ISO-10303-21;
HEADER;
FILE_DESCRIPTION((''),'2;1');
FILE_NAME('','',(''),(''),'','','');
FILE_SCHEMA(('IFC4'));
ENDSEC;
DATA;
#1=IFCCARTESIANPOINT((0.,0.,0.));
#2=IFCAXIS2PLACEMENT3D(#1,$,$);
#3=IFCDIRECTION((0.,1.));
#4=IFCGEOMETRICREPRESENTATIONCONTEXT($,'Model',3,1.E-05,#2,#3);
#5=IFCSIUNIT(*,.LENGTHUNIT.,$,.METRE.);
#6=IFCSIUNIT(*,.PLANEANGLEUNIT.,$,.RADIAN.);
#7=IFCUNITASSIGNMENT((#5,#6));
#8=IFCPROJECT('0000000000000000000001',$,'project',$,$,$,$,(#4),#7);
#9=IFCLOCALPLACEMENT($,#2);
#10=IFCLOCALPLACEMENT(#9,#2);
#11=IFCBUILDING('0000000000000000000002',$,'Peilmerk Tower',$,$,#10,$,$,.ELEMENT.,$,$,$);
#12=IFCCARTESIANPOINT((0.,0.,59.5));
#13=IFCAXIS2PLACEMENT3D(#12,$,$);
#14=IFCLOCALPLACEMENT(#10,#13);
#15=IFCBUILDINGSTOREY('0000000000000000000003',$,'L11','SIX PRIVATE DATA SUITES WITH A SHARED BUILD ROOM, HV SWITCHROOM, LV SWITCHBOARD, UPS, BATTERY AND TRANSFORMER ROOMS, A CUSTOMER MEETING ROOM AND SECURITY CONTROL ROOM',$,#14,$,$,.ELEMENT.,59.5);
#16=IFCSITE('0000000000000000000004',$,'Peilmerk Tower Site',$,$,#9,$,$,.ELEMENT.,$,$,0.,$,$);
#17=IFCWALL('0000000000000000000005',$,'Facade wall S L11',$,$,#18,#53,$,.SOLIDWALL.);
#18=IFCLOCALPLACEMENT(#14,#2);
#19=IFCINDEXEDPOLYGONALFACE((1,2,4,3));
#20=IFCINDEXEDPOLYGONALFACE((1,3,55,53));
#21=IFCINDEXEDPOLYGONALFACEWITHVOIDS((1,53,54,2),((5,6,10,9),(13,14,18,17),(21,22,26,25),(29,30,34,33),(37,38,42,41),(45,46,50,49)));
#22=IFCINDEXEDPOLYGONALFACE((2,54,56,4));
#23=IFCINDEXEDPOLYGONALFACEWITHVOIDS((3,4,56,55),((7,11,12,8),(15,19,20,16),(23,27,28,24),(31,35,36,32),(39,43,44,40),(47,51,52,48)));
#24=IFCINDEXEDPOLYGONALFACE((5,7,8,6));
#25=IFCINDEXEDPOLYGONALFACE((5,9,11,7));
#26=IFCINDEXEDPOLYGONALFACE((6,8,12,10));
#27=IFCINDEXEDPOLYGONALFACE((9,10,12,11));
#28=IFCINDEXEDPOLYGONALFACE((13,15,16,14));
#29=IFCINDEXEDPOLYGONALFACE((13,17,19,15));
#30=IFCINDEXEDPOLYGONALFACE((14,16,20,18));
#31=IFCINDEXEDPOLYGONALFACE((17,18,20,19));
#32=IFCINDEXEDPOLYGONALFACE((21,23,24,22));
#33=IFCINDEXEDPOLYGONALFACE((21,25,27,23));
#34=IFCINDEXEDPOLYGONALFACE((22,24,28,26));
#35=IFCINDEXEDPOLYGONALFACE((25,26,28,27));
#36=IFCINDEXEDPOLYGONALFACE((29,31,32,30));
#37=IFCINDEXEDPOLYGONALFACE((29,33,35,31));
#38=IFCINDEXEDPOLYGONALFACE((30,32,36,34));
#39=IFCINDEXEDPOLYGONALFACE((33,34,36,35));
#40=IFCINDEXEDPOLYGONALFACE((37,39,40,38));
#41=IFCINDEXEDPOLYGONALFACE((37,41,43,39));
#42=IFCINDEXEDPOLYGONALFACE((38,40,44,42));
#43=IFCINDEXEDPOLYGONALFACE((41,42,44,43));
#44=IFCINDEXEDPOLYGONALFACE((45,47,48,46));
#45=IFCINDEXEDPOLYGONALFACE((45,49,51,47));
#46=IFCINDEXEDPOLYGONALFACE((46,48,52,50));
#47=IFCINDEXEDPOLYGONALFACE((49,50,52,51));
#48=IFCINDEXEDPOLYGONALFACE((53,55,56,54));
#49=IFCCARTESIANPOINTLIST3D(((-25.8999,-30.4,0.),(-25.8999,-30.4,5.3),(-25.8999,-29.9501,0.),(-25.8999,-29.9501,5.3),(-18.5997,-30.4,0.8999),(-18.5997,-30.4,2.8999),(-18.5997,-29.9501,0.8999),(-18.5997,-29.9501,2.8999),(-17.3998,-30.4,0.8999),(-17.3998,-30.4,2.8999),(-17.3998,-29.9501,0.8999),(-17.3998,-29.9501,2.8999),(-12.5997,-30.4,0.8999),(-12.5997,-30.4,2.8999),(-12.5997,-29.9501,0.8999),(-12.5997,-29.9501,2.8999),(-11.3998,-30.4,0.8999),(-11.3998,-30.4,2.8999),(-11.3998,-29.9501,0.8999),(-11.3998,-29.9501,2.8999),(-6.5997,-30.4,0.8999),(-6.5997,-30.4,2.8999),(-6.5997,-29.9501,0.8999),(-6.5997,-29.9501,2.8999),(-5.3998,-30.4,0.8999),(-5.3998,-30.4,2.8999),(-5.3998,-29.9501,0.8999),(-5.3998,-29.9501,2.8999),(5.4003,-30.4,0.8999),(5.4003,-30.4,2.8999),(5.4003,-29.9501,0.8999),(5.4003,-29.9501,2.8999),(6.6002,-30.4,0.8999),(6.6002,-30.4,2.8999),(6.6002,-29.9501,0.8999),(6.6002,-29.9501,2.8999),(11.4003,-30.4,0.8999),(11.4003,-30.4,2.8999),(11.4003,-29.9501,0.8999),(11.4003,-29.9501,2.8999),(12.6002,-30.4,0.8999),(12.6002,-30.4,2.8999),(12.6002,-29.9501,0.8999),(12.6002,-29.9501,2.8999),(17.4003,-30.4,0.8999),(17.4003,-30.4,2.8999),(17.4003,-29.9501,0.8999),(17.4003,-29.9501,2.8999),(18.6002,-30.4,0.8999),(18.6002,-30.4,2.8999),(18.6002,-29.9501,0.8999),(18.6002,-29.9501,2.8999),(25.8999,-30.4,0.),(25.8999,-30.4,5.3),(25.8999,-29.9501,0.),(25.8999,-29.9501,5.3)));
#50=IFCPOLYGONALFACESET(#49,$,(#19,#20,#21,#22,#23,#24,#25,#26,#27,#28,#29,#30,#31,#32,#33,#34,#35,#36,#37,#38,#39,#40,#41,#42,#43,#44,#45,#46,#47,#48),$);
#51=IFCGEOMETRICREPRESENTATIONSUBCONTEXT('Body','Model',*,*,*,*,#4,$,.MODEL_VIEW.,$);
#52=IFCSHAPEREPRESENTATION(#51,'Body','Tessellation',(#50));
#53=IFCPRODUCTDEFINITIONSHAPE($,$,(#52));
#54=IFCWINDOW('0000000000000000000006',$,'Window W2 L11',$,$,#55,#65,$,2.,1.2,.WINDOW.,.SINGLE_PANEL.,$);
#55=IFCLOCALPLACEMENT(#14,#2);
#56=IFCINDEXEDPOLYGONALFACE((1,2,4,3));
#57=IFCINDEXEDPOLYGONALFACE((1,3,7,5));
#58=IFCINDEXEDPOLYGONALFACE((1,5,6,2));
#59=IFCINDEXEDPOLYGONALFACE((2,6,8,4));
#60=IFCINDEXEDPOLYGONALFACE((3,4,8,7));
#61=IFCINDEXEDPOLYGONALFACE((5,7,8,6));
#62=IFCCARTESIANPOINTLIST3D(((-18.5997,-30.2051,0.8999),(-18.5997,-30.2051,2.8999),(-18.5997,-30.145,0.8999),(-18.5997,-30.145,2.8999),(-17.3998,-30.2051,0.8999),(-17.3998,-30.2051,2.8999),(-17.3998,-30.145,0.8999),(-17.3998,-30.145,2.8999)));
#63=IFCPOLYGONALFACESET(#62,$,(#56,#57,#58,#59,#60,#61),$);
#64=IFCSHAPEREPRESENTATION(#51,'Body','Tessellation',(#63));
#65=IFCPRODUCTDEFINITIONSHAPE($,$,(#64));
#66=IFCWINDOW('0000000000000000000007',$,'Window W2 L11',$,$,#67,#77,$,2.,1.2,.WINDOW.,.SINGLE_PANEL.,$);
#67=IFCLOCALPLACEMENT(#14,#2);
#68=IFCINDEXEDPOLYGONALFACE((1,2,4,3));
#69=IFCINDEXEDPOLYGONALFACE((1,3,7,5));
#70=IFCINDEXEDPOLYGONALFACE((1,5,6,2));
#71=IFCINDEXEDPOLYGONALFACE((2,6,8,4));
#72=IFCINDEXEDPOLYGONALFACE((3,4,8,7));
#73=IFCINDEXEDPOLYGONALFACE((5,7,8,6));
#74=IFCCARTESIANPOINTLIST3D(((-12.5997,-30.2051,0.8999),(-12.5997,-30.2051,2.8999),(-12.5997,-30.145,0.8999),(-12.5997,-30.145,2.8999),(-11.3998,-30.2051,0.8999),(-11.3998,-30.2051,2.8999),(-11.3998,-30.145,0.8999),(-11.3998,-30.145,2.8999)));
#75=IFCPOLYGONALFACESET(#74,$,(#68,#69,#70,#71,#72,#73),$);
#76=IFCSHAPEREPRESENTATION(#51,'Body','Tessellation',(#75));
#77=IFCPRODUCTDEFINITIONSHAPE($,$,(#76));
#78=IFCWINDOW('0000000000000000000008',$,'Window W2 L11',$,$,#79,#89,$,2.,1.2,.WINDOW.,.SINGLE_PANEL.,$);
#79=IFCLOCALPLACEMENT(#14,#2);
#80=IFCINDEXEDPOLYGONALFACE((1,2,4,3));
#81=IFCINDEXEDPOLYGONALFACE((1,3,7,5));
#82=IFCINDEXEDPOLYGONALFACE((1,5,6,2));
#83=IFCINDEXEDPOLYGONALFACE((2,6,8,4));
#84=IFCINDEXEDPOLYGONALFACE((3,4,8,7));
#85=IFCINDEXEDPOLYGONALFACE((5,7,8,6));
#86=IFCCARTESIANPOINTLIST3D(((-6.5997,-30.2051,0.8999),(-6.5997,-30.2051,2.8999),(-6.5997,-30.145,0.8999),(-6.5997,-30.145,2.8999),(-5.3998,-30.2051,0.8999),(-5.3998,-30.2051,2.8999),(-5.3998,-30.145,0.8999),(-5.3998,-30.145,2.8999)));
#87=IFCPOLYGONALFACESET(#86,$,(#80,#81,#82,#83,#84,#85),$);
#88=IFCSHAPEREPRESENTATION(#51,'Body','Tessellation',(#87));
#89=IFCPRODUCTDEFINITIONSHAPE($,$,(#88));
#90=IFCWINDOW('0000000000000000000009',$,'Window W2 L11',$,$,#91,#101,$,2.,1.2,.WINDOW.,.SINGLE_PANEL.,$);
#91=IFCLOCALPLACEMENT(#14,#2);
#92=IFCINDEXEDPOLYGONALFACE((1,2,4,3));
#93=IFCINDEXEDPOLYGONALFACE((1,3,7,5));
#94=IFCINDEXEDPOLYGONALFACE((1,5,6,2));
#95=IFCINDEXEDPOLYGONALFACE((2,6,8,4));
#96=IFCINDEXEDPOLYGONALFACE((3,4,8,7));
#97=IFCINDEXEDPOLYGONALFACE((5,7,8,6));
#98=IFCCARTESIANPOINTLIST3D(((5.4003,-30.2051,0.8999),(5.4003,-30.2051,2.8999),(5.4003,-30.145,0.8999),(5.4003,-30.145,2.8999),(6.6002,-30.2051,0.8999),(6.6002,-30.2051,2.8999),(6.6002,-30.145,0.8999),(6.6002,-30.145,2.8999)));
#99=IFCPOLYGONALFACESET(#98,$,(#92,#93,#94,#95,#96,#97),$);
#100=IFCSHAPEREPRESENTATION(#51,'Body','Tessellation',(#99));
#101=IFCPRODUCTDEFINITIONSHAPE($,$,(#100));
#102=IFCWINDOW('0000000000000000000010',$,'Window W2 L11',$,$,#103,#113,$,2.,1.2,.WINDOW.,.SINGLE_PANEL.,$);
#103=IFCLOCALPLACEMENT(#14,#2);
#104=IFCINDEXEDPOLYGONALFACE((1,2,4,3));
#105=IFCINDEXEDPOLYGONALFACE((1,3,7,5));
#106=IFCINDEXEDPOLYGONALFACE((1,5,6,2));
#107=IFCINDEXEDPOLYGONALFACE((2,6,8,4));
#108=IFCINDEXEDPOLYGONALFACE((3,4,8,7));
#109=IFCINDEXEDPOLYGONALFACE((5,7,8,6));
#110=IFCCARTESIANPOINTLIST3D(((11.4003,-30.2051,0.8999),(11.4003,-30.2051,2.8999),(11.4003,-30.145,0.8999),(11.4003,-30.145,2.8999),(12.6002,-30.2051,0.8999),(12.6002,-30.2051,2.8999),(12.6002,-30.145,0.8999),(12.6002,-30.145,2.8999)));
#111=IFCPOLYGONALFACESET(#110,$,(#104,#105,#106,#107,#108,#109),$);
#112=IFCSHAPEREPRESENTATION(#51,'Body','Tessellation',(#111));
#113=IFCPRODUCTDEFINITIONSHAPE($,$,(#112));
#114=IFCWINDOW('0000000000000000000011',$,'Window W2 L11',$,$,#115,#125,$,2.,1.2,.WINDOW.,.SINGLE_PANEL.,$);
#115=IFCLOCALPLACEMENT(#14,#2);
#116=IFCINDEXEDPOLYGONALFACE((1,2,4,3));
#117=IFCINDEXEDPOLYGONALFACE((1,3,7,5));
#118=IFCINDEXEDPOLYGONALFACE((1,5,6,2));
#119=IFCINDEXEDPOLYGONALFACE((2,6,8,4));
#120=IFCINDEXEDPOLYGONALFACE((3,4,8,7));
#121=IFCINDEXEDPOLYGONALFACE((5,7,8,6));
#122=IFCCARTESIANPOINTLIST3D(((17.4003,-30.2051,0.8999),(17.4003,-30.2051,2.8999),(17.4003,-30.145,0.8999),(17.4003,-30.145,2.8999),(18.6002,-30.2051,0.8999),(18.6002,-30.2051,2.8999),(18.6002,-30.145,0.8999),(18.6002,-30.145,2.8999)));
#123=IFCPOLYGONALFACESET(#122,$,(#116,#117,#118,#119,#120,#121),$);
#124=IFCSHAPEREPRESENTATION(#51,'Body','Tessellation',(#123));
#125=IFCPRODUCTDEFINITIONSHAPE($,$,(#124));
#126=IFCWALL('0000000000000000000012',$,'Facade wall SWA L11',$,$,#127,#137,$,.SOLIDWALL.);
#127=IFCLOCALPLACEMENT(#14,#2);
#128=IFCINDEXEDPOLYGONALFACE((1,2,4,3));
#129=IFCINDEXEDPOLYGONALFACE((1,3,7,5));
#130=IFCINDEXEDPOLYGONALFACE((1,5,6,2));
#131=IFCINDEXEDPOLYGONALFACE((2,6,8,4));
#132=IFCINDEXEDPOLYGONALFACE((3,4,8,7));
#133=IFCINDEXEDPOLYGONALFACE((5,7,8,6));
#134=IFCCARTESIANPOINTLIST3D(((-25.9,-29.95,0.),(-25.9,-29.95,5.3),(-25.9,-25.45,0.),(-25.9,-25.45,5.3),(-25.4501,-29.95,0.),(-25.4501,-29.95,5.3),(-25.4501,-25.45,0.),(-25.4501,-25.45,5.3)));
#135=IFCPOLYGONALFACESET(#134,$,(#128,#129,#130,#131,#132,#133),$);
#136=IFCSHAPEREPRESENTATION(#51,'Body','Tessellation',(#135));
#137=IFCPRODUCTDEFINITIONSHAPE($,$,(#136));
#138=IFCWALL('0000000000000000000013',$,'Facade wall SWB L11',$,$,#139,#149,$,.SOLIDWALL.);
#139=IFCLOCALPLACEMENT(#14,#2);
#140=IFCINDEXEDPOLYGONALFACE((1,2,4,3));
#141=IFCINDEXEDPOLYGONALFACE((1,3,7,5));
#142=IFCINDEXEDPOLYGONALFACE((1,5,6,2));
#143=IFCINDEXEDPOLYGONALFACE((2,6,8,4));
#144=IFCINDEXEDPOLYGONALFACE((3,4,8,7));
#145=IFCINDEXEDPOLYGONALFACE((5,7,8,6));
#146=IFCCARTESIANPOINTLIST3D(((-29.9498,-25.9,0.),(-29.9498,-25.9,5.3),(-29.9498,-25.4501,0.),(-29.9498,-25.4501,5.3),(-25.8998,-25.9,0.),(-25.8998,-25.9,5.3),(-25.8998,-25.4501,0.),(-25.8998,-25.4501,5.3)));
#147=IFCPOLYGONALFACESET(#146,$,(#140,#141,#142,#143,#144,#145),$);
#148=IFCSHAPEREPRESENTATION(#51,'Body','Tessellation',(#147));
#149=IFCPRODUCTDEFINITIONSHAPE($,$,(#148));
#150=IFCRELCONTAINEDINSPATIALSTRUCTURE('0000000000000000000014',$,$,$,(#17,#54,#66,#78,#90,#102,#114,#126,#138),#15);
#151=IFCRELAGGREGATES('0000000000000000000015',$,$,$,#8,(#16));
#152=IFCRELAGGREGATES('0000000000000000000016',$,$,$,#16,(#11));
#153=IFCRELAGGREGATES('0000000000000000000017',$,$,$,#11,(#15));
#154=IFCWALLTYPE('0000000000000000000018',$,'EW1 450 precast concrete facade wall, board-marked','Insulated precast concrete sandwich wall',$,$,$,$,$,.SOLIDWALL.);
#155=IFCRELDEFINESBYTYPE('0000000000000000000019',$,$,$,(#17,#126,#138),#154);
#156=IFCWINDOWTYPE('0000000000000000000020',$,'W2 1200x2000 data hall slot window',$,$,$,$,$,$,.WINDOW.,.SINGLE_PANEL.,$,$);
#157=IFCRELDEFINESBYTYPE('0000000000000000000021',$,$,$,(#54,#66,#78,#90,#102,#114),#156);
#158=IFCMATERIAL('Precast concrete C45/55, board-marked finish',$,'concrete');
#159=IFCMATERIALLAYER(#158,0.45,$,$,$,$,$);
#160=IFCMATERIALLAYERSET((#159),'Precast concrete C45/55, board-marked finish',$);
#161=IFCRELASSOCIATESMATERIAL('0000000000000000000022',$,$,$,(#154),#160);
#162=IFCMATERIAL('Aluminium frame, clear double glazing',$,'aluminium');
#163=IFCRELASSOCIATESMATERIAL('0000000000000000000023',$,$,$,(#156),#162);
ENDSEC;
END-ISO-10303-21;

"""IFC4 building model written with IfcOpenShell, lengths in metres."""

from ifc_helpers import new_model, si_unit, direction, frame, frame_2d, origin, place, context, subcontext, project, spatial, rectangle, extrude, material, layer, layer_set, type_object, element, fill, save


model = new_model("IFC4")

# Units and contexts
model_context = context("Model", 3, precision=1e-05, world=origin(), true_north=direction((0.0, 1.0)))
body_context = subcontext(model_context, "Body", "Model", "MODEL_VIEW")
ifc_project = project(units=[si_unit("LENGTHUNIT", "METRE"), si_unit("PLANEANGLEUNIT", "RADIAN")], contexts=[model_context])

# Site, building, storey
site_placement = place(None, origin())
site = spatial("IfcSite", under=ifc_project, at=site_placement, Name="Peilmerk Tower Site", CompositionType="ELEMENT", RefElevation=0.0)
building_placement = place(site_placement, origin())
building = spatial("IfcBuilding", under=site, at=building_placement, Name="Peilmerk Tower", CompositionType="ELEMENT")
storey_placement = place(building_placement, frame((0.0, 0.0, 59.5)))
storey = spatial("IfcBuildingStorey", under=building, at=storey_placement, Name="L11", Description="SIX PRIVATE DATA SUITES WITH A SHARED BUILD ROOM, HV SWITCHROOM, LV SWITCHBOARD, UPS, BATTERY AND TRANSFORMER ROOMS, A CUSTOMER MEETING ROOM AND SECURITY CONTROL ROOM", CompositionType="ELEMENT", Elevation=59.5)

# Wall, openings, windows
ifc_material_1 = material(Name="Precast concrete C45/55, board-marked finish", Category="concrete")
ifc_layer = layer(ifc_material_1, 0.45)
ifc_layer_set = layer_set([ifc_layer], Name="Precast concrete C45/55, board-marked finish")
wall_type = type_object("IfcWallType", Name="EW1 450 precast concrete facade wall, board-marked", Description="Insulated precast concrete sandwich wall", PredefinedType="SOLIDWALL", material=ifc_layer_set)
wall_1_placement = place(storey_placement, frame((-25.8999, -30.175, 0.0), z_axis=(0.0, 0.0, 1.0), x_axis=(1.0, 0.0, 0.0)))
wall_1 = element("IfcWall", 1, at=wall_1_placement, inside=storey, type_object=wall_type, Name="Facade wall S L11", PredefinedType="SOLIDWALL", context=body_context, shape_type="SweptSolid", body=[
    extrude(rectangle(XDim=51.7998, YDim=0.45, at=frame_2d((25.8999, 0.0))), origin(), (0.0, 0.0, 1.0), 5.3),
])
opening_1_placement = place(wall_1_placement, frame((7.3, 0.0, 0.8999)))
opening_1 = element("IfcOpeningElement", 2, at=opening_1_placement, cuts=wall_1, PredefinedType="OPENING", context=body_context, shape_type="SweptSolid", body=[
    extrude(rectangle(XDim=1.2, YDim=2.0, at=frame_2d((0.6001, 1.0))), frame((0.0, 0.2349, 0.0), z_axis=(0.0, -1.0, 0.0), x_axis=(1.0, 0.0, 0.0)), (0.0, 0.0, 1.0), 0.47),
])
opening_2_placement = place(wall_1_placement, frame((13.3, 0.0, 0.8999)))
opening_2 = element("IfcOpeningElement", 3, at=opening_2_placement, cuts=wall_1, PredefinedType="OPENING", context=body_context, shape_type="SweptSolid", body=[
    extrude(rectangle(XDim=1.2, YDim=2.0, at=frame_2d((0.6001, 1.0))), frame((0.0, 0.2349, 0.0), z_axis=(0.0, -1.0, 0.0), x_axis=(1.0, 0.0, 0.0)), (0.0, 0.0, 1.0), 0.47),
])
opening_3_placement = place(wall_1_placement, frame((19.3, 0.0, 0.8999)))
opening_3 = element("IfcOpeningElement", 4, at=opening_3_placement, cuts=wall_1, PredefinedType="OPENING", context=body_context, shape_type="SweptSolid", body=[
    extrude(rectangle(XDim=1.2, YDim=2.0, at=frame_2d((0.6001, 1.0))), frame((0.0, 0.2349, 0.0), z_axis=(0.0, -1.0, 0.0), x_axis=(1.0, 0.0, 0.0)), (0.0, 0.0, 1.0), 0.47),
])
opening_4_placement = place(wall_1_placement, frame((31.3, 0.0, 0.8999)))
opening_4 = element("IfcOpeningElement", 5, at=opening_4_placement, cuts=wall_1, PredefinedType="OPENING", context=body_context, shape_type="SweptSolid", body=[
    extrude(rectangle(XDim=1.2, YDim=2.0, at=frame_2d((0.6001, 1.0))), frame((0.0, 0.2349, 0.0), z_axis=(0.0, -1.0, 0.0), x_axis=(1.0, 0.0, 0.0)), (0.0, 0.0, 1.0), 0.47),
])
opening_5_placement = place(wall_1_placement, frame((37.3, 0.0, 0.8999)))
opening_5 = element("IfcOpeningElement", 6, at=opening_5_placement, cuts=wall_1, PredefinedType="OPENING", context=body_context, shape_type="SweptSolid", body=[
    extrude(rectangle(XDim=1.2, YDim=2.0, at=frame_2d((0.6001, 1.0))), frame((0.0, 0.2349, 0.0), z_axis=(0.0, -1.0, 0.0), x_axis=(1.0, 0.0, 0.0)), (0.0, 0.0, 1.0), 0.47),
])
opening_6_placement = place(wall_1_placement, frame((43.3, 0.0, 0.8999)))
opening_6 = element("IfcOpeningElement", 7, at=opening_6_placement, cuts=wall_1, PredefinedType="OPENING", context=body_context, shape_type="SweptSolid", body=[
    extrude(rectangle(XDim=1.2, YDim=2.0, at=frame_2d((0.6001, 1.0))), frame((0.0, 0.2349, 0.0), z_axis=(0.0, -1.0, 0.0), x_axis=(1.0, 0.0, 0.0)), (0.0, 0.0, 1.0), 0.47),
])
ifc_material_2 = material(Name="Aluminium frame, clear double glazing", Category="aluminium")
window_type = type_object("IfcWindowType", Name="W2 1200x2000 data hall slot window", PartitioningType="SINGLE_PANEL", PredefinedType="WINDOW", material=ifc_material_2)
window_1_placement = place(opening_1_placement, origin())
window_1 = element("IfcWindow", 8, at=window_1_placement, inside=storey, type_object=window_type, Name="Window W2 L11", OverallHeight=2.0, OverallWidth=1.2, PartitioningType="SINGLE_PANEL", PredefinedType="WINDOW", context=body_context, shape_type="SweptSolid", body=[
    extrude(rectangle(XDim=1.2, YDim=2.0, at=frame_2d((0.6001, 1.0))), frame((0.0, 0.03, 0.0), z_axis=(0.0, -1.0, 0.0), x_axis=(1.0, 0.0, 0.0)), (0.0, 0.0, 1.0), 0.0601),
])
fill(opening_1, window_1)
window_2_placement = place(opening_2_placement, origin())
window_2 = element("IfcWindow", 9, at=window_2_placement, inside=storey, type_object=window_type, Name="Window W2 L11", OverallHeight=2.0, OverallWidth=1.2, PartitioningType="SINGLE_PANEL", PredefinedType="WINDOW", context=body_context, shape_type="SweptSolid", body=[
    extrude(rectangle(XDim=1.2, YDim=2.0, at=frame_2d((0.6001, 1.0))), frame((0.0, 0.03, 0.0), z_axis=(0.0, -1.0, 0.0), x_axis=(1.0, 0.0, 0.0)), (0.0, 0.0, 1.0), 0.0601),
])
fill(opening_2, window_2)
window_3_placement = place(opening_3_placement, origin())
window_3 = element("IfcWindow", 10, at=window_3_placement, inside=storey, type_object=window_type, Name="Window W2 L11", OverallHeight=2.0, OverallWidth=1.2, PartitioningType="SINGLE_PANEL", PredefinedType="WINDOW", context=body_context, shape_type="SweptSolid", body=[
    extrude(rectangle(XDim=1.2, YDim=2.0, at=frame_2d((0.6001, 1.0))), frame((0.0, 0.03, 0.0), z_axis=(0.0, -1.0, 0.0), x_axis=(1.0, 0.0, 0.0)), (0.0, 0.0, 1.0), 0.0601),
])
fill(opening_3, window_3)
window_4_placement = place(opening_4_placement, origin())
window_4 = element("IfcWindow", 11, at=window_4_placement, inside=storey, type_object=window_type, Name="Window W2 L11", OverallHeight=2.0, OverallWidth=1.2, PartitioningType="SINGLE_PANEL", PredefinedType="WINDOW", context=body_context, shape_type="SweptSolid", body=[
    extrude(rectangle(XDim=1.2, YDim=2.0, at=frame_2d((0.6001, 1.0))), frame((0.0, 0.03, 0.0), z_axis=(0.0, -1.0, 0.0), x_axis=(1.0, 0.0, 0.0)), (0.0, 0.0, 1.0), 0.0601),
])
fill(opening_4, window_4)
window_5_placement = place(opening_5_placement, origin())
window_5 = element("IfcWindow", 12, at=window_5_placement, inside=storey, type_object=window_type, Name="Window W2 L11", OverallHeight=2.0, OverallWidth=1.2, PartitioningType="SINGLE_PANEL", PredefinedType="WINDOW", context=body_context, shape_type="SweptSolid", body=[
    extrude(rectangle(XDim=1.2, YDim=2.0, at=frame_2d((0.6001, 1.0))), frame((0.0, 0.03, 0.0), z_axis=(0.0, -1.0, 0.0), x_axis=(1.0, 0.0, 0.0)), (0.0, 0.0, 1.0), 0.0601),
])
fill(opening_5, window_5)
window_6_placement = place(opening_6_placement, origin())
window_6 = element("IfcWindow", 13, at=window_6_placement, inside=storey, type_object=window_type, Name="Window W2 L11", OverallHeight=2.0, OverallWidth=1.2, PartitioningType="SINGLE_PANEL", PredefinedType="WINDOW", context=body_context, shape_type="SweptSolid", body=[
    extrude(rectangle(XDim=1.2, YDim=2.0, at=frame_2d((0.6001, 1.0))), frame((0.0, 0.03, 0.0), z_axis=(0.0, -1.0, 0.0), x_axis=(1.0, 0.0, 0.0)), (0.0, 0.0, 1.0), 0.0601),
])
fill(opening_6, window_6)

# Walls
wall_2_placement = place(storey_placement, frame((-25.675, -25.45, 0.0), z_axis=(0.0, 0.0, 1.0), x_axis=(0.0, -1.0, 0.0)))
element("IfcWall", 14, at=wall_2_placement, inside=storey, type_object=wall_type, Name="Facade wall SWA L11", PredefinedType="SOLIDWALL", context=body_context, shape_type="SweptSolid", body=[
    extrude(rectangle(XDim=4.5, YDim=0.45, at=frame_2d((2.25, 0.0))), origin(), (0.0, 0.0, 1.0), 5.3),
])
wall_3_placement = place(storey_placement, frame((-25.8999, -25.675, 0.0), z_axis=(0.0, 0.0, 1.0), x_axis=(-1.0, 0.0, 0.0)))
element("IfcWall", 15, at=wall_3_placement, inside=storey, type_object=wall_type, Name="Facade wall SWB L11", PredefinedType="SOLIDWALL", context=body_context, shape_type="SweptSolid", body=[
    extrude(rectangle(XDim=4.05, YDim=0.45, at=frame_2d((2.0249, 0.0))), origin(), (0.0, 0.0, 1.0), 5.3),
])

save(model, "model.ifc")
